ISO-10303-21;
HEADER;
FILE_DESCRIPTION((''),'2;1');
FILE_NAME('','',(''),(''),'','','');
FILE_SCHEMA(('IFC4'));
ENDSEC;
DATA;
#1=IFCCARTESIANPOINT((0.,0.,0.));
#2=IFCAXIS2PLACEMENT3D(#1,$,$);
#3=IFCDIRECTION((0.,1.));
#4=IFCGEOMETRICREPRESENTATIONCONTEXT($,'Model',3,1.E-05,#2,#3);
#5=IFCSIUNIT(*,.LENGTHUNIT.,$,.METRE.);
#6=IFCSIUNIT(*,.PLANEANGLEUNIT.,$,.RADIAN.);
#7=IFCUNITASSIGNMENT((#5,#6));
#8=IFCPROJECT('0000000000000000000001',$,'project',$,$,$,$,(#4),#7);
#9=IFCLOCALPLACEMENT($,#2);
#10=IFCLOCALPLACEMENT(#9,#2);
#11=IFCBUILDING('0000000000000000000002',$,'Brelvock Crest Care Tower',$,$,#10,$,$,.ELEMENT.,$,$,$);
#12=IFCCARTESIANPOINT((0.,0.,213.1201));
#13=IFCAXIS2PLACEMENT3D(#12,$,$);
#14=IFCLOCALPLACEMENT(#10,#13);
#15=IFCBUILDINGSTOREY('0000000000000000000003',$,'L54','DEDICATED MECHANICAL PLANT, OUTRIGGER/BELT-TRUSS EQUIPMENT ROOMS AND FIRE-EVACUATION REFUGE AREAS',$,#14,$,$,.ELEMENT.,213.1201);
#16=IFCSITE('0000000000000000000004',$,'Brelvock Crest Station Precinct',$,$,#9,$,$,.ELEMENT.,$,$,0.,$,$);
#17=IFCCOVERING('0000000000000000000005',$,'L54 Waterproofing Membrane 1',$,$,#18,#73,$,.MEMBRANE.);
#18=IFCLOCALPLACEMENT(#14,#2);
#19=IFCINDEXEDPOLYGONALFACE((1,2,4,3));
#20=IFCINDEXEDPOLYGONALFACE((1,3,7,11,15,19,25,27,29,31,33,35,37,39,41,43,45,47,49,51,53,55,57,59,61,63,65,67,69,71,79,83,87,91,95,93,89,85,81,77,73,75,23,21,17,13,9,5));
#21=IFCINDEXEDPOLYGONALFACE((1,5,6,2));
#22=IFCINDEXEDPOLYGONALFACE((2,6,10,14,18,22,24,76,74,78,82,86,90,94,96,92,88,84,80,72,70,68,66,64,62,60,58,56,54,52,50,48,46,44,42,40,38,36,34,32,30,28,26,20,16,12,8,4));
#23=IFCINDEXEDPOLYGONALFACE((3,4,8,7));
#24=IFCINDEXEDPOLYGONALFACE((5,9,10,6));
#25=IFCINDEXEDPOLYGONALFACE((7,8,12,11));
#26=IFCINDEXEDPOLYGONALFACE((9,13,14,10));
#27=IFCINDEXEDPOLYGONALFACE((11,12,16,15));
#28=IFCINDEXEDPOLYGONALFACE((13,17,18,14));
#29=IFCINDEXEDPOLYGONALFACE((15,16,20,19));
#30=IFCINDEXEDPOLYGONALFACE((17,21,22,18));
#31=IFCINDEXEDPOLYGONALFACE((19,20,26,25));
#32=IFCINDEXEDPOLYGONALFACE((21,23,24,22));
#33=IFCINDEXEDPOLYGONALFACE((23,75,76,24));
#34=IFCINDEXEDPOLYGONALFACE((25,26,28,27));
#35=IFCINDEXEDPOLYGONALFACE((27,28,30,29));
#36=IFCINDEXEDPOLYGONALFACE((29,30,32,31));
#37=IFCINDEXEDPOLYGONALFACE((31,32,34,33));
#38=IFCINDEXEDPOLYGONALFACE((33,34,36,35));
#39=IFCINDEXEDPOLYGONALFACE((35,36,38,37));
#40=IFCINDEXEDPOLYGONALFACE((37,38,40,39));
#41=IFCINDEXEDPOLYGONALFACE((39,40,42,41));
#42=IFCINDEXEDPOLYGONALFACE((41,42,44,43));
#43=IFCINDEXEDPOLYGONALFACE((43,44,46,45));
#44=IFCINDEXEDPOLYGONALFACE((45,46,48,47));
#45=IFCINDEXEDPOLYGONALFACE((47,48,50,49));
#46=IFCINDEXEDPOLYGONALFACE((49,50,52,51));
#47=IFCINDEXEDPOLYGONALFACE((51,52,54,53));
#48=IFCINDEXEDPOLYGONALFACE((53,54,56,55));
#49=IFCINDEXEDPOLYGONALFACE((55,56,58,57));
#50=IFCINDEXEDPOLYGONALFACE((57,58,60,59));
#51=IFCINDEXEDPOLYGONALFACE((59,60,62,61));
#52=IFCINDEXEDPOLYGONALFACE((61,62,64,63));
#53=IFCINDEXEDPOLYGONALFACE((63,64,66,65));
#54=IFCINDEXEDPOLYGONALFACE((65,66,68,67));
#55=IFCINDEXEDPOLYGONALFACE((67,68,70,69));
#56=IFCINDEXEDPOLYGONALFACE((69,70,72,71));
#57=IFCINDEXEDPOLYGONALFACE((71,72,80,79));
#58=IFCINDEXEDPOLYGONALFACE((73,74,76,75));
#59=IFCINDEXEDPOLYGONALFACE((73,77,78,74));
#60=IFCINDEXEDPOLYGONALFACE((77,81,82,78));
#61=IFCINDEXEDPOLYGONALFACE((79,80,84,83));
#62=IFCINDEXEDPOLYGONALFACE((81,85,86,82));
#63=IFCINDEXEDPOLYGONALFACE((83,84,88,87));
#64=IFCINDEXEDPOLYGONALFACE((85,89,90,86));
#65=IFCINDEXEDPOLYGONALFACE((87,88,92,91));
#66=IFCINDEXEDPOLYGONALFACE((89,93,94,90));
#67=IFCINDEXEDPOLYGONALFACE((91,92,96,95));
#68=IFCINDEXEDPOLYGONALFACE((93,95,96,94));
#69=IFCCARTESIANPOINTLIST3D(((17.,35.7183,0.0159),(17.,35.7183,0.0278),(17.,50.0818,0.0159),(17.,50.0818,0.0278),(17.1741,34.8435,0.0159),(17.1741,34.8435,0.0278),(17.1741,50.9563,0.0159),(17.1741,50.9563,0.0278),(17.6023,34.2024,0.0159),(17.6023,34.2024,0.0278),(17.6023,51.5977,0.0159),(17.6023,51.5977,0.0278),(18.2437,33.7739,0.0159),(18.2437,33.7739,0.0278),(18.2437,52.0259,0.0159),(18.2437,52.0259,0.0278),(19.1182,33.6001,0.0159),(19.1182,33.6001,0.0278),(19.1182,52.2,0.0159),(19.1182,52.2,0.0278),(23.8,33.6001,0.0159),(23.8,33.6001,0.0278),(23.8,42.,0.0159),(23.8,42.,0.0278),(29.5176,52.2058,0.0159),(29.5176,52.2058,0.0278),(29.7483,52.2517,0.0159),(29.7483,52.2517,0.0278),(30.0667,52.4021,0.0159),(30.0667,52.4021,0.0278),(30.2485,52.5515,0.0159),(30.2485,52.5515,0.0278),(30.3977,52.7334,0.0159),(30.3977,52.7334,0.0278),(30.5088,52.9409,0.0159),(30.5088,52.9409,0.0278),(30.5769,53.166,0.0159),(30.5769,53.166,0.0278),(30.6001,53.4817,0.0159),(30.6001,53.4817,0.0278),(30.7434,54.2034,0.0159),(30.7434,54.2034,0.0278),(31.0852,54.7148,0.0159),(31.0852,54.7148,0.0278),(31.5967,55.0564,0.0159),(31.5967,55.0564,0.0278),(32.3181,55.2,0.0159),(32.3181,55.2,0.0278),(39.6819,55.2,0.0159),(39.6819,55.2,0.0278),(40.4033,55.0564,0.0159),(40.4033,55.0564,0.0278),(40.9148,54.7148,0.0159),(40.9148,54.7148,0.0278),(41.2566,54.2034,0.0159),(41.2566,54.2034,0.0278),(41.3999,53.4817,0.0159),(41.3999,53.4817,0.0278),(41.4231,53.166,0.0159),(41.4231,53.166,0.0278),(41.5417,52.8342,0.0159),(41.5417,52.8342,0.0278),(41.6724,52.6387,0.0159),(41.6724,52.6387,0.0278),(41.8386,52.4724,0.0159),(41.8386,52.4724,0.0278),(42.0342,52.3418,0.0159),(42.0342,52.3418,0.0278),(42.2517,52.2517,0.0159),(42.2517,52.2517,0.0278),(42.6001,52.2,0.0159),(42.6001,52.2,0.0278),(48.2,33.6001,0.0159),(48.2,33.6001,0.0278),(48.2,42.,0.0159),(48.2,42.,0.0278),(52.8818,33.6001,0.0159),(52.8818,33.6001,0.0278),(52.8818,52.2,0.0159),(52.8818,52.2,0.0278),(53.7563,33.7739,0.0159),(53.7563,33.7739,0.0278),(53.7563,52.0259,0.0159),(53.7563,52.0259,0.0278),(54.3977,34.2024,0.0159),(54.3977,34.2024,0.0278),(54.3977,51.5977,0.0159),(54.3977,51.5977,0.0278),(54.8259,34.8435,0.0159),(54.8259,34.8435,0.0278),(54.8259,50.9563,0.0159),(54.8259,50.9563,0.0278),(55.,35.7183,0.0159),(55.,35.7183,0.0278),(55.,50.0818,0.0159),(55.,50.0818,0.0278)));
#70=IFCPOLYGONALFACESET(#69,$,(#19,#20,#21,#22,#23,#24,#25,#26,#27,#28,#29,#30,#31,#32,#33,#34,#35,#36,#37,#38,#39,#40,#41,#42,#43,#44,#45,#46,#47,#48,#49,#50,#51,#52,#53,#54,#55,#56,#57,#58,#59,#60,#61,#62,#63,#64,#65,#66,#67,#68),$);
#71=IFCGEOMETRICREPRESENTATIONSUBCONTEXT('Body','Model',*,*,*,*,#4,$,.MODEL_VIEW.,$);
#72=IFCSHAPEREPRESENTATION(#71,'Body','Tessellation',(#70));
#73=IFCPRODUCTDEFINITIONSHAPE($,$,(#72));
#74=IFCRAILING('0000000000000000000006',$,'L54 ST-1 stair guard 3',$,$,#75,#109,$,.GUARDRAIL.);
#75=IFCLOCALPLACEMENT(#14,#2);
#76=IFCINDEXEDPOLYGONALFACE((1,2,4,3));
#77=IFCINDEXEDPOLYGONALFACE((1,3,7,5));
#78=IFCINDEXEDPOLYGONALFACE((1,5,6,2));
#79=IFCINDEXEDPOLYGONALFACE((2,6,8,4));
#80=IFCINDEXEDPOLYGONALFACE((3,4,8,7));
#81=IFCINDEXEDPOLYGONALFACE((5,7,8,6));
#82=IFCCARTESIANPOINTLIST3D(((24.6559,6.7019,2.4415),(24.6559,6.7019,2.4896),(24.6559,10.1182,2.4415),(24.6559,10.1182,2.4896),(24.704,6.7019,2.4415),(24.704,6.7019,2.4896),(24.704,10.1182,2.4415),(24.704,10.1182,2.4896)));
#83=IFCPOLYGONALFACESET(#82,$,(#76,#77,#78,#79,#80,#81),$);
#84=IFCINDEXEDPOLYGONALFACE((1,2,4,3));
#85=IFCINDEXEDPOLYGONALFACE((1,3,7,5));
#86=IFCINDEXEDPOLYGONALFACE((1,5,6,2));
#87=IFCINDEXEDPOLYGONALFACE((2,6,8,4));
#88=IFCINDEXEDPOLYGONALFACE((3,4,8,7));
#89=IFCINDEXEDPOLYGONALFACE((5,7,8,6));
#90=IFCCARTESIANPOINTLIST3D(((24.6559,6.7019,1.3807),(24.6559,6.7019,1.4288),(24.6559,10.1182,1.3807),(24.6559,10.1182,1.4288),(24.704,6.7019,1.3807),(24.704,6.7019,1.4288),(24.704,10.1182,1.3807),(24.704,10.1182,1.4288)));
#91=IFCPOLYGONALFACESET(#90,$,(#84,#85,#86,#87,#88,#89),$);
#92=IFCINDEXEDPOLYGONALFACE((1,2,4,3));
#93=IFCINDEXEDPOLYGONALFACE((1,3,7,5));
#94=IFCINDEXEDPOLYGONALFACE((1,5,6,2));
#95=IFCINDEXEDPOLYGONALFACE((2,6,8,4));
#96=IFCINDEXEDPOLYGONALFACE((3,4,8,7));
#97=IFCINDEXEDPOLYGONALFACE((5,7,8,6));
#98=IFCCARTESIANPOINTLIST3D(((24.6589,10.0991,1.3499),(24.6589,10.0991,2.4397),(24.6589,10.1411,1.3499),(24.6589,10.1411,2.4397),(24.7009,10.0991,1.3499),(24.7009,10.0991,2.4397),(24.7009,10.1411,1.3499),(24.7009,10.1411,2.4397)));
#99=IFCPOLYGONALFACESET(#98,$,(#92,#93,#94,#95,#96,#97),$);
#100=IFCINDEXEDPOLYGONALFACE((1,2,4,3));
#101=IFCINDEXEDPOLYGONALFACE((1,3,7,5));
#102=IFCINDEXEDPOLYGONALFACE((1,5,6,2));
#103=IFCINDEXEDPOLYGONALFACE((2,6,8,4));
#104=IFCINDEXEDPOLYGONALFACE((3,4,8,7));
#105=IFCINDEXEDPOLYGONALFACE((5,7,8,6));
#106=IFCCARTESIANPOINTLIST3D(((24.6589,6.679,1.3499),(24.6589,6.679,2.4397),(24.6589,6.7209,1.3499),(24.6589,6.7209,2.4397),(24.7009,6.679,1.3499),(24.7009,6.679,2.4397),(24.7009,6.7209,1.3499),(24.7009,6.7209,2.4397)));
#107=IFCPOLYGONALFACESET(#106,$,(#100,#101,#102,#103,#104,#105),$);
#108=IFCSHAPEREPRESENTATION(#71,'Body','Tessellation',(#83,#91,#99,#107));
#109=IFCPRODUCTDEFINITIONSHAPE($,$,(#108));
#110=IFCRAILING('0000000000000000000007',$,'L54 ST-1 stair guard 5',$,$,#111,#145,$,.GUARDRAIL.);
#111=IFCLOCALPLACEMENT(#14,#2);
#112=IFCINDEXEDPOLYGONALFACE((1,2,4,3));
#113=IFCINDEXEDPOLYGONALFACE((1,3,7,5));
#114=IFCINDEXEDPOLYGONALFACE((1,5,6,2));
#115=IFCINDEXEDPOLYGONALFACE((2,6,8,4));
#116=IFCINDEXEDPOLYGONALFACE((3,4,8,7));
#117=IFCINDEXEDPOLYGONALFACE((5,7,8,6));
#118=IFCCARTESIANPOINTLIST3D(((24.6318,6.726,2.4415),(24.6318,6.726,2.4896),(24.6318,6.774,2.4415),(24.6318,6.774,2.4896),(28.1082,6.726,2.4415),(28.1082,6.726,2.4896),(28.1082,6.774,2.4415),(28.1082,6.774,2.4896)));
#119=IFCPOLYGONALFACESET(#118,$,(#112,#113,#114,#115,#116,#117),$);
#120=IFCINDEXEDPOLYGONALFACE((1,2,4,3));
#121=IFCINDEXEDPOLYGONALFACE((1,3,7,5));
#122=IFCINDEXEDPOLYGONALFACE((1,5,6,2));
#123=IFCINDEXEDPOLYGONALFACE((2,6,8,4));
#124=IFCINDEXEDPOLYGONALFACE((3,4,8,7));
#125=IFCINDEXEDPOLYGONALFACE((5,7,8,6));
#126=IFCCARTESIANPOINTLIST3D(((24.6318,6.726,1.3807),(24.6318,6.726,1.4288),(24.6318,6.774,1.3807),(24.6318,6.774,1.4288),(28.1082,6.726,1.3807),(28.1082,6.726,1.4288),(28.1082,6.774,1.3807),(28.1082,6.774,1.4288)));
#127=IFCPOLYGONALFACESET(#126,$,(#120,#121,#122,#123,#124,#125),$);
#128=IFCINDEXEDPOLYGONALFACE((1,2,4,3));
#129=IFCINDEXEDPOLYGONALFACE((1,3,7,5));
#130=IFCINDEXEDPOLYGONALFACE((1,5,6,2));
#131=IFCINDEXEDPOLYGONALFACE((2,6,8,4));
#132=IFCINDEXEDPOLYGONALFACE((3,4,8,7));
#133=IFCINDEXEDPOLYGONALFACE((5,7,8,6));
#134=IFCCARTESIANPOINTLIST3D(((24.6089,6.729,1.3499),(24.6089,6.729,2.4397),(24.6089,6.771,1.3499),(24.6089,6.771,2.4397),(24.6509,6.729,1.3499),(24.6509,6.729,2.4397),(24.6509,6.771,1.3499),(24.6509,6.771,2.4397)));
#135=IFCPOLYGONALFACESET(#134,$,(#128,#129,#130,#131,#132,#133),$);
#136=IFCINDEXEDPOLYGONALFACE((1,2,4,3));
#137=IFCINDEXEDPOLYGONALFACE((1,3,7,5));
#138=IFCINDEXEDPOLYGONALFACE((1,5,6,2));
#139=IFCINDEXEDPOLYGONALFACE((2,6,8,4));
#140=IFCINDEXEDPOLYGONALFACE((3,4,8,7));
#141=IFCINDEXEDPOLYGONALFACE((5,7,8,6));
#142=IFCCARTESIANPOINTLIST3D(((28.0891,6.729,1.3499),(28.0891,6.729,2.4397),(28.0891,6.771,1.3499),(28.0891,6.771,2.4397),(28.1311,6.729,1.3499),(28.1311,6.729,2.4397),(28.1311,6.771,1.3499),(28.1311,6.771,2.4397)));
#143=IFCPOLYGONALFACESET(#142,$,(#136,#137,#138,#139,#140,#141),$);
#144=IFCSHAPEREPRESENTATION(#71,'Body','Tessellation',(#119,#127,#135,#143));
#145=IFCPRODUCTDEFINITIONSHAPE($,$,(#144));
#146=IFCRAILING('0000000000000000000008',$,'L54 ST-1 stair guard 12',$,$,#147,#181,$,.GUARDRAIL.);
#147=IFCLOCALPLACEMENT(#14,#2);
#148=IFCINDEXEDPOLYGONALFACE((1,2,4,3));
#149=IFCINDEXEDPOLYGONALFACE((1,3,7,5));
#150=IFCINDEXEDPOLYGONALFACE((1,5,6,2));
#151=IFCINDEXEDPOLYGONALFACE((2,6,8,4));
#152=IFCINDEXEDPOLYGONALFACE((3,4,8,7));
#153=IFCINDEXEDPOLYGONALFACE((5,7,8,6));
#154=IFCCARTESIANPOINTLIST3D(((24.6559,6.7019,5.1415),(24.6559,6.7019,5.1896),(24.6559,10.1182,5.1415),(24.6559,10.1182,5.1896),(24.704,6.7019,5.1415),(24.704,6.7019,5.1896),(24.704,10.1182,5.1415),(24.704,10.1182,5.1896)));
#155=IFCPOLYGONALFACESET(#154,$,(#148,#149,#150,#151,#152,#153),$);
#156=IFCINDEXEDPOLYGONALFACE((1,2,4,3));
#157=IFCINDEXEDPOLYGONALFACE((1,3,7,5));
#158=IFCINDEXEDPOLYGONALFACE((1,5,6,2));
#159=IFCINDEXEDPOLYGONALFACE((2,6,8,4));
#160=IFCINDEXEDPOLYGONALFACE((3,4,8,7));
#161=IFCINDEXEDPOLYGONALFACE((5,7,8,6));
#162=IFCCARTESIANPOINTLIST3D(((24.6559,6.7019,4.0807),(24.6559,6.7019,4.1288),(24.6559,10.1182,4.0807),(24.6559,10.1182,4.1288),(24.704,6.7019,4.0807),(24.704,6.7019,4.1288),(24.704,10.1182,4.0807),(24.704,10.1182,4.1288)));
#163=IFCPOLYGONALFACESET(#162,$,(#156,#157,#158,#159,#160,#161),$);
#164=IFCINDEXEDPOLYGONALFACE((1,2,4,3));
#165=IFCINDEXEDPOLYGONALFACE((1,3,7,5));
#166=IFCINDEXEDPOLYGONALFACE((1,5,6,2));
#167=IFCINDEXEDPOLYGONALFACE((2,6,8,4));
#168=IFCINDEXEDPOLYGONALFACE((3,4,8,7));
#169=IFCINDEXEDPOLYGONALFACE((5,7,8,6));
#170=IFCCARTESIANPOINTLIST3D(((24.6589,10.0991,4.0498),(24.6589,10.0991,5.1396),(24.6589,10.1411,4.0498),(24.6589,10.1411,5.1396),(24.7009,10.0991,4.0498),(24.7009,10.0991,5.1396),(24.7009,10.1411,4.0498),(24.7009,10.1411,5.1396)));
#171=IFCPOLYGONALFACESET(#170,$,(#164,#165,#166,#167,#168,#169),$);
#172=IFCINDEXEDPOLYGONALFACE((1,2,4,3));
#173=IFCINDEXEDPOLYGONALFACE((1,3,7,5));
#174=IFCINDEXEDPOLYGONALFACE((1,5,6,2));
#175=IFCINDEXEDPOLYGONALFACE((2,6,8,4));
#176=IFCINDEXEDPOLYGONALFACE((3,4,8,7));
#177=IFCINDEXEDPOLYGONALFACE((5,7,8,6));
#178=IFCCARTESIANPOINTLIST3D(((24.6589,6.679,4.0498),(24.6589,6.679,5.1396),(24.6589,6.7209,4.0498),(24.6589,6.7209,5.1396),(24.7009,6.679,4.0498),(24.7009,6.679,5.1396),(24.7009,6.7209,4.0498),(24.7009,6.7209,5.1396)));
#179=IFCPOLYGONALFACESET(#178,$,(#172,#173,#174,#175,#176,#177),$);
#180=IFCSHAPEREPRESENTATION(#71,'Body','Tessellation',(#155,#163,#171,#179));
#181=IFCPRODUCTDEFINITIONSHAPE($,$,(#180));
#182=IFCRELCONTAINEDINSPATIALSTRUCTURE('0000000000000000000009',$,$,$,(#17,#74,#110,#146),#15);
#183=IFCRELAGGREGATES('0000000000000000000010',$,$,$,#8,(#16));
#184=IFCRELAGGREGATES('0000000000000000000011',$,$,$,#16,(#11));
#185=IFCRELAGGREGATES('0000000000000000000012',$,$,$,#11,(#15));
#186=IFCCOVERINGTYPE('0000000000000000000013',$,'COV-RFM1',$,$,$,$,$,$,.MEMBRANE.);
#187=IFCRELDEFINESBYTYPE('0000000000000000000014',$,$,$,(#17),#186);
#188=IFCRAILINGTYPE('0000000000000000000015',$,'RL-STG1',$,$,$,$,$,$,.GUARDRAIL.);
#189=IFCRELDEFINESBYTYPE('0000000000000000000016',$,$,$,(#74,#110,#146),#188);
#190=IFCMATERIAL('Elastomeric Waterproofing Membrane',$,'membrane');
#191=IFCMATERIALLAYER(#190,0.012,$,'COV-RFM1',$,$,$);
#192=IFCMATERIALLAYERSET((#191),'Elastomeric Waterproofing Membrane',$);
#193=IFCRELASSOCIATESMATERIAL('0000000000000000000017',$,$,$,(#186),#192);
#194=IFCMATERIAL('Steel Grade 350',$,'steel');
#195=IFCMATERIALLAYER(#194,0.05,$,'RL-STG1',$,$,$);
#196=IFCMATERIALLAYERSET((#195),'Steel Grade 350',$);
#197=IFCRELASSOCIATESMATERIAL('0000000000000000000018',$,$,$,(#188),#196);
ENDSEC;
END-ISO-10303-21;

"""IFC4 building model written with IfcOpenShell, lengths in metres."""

from ifc_helpers import new_model, si_unit, direction, frame, origin, origin_2d, place, context, subcontext, project, spatial, polyline, rectangle, outline, extrude, material, layer, layer_set, type_object, element, save


model = new_model("IFC4")

# Units and contexts
model_context = context("Model", 3, precision=1e-05, world=origin(), true_north=direction((0.0, 1.0)))
body_context = subcontext(model_context, "Body", "Model", "MODEL_VIEW")
ifc_project = project(units=[si_unit("LENGTHUNIT", "METRE"), si_unit("PLANEANGLEUNIT", "RADIAN")], contexts=[model_context])

# Site, building, storey
site_placement = place(None, origin())
site = spatial("IfcSite", under=ifc_project, at=site_placement, Name="Brelvock Crest Station Precinct", CompositionType="ELEMENT", RefElevation=0.0)
building_placement = place(site_placement, origin())
building = spatial("IfcBuilding", under=site, at=building_placement, Name="Brelvock Crest Care Tower", CompositionType="ELEMENT")
storey_placement = place(building_placement, frame((0.0, 0.0, 213.1201)))
storey = spatial("IfcBuildingStorey", under=building, at=storey_placement, Name="L54", Description="DEDICATED MECHANICAL PLANT, OUTRIGGER/BELT-TRUSS EQUIPMENT ROOMS AND FIRE-EVACUATION REFUGE AREAS", CompositionType="ELEMENT", Elevation=213.1201)

# Shared definitions
ifc_material_1 = material(Name="Steel Grade 350", Category="steel")

# Covering
ifc_material_2 = material(Name="Elastomeric Waterproofing Membrane", Category="membrane")
ifc_layer_1 = layer(ifc_material_2, 0.012, Name="COV-RFM1")
ifc_layer_set_1 = layer_set([ifc_layer_1], Name="Elastomeric Waterproofing Membrane")
covering_type = type_object("IfcCoveringType", Name="COV-RFM1", PredefinedType="MEMBRANE", material=ifc_layer_set_1)
covering_placement = place(storey_placement, frame((0.0, 0.0, 0.0159)))
element("IfcCovering", 1, at=covering_placement, inside=storey, type_object=covering_type, Name="L54 Waterproofing Membrane 1", PredefinedType="MEMBRANE", context=body_context, shape_type="SweptSolid", body=[
    extrude(outline(polyline([(23.8, 33.6001), (23.8, 42.0), (48.2, 42.0), (48.2, 33.6001), (52.8818, 33.6001), (53.7563, 33.7739), (54.3977, 34.2024), (54.8259, 34.8435), (55.0, 35.7183), (55.0, 50.0818), (54.8259, 50.9563), (54.3977, 51.5977), (53.7563, 52.0259), (52.8818, 52.2), (42.6001, 52.2), (42.2517, 52.2517), (42.0342, 52.3418), (41.8386, 52.4724), (41.6724, 52.6387), (41.5417, 52.8342), (41.4231, 53.166), (41.3999, 53.4817), (41.2566, 54.2034), (40.9148, 54.7148), (40.4033, 55.0564), (39.6819, 55.2), (32.3181, 55.2), (31.5967, 55.0564), (31.0852, 54.7148), (30.7434, 54.2034), (30.6001, 53.4817), (30.5769, 53.166), (30.5088, 52.9409), (30.3977, 52.7334), (30.2485, 52.5515), (30.0667, 52.4021), (29.7483, 52.2517), (29.5176, 52.2058), (19.1182, 52.2), (18.2437, 52.0259), (17.6023, 51.5977), (17.1741, 50.9563), (17.0, 50.0818), (17.0, 35.7183), (17.1741, 34.8435), (17.6023, 34.2024), (18.2437, 33.7739), (19.1182, 33.6001), (23.8, 33.6001)])), origin(), (0.0, 0.0, 1.0), 0.012),
])

# Railings
ifc_layer_2 = layer(ifc_material_1, 0.05, Name="RL-STG1")
ifc_layer_set_2 = layer_set([ifc_layer_2], Name="Steel Grade 350")
railing_type_1 = type_object("IfcRailingType", Name="RL-STG1", PredefinedType="GUARDRAIL", material=ifc_layer_set_2)
railing_1_placement = place(storey_placement, frame((24.6799, 10.1201, 1.3499)))
element("IfcRailing", 2, at=railing_1_placement, inside=storey, type_object=railing_type_1, Name="L54 ST-1 stair guard 3", PredefinedType="GUARDRAIL", context=body_context, shape_type="SweptSolid", body=[
    extrude(rectangle(XDim=0.0481, YDim=0.0481, at=origin_2d()), frame((0.0, -0.002, 1.1157), z_axis=(0.0, -1.0, 0.0), x_axis=(1.0, 0.0, 0.0)), (0.0, 0.0, 1.0), 3.4163),
    extrude(rectangle(XDim=0.0481, YDim=0.0481, at=origin_2d()), frame((0.0, -0.002, 0.0549), z_axis=(0.0, -1.0, 0.0), x_axis=(1.0, 0.0, 0.0)), (0.0, 0.0, 1.0), 3.4163),
    extrude(rectangle(XDim=0.042, YDim=0.042, at=origin_2d()), origin(), (0.0, 0.0, 1.0), 1.0898),
    extrude(rectangle(XDim=0.042, YDim=0.042, at=origin_2d()), frame((0.0, -3.4202, 0.0)), (0.0, 0.0, 1.0), 1.0898),
])
railing_2_placement = place(storey_placement, frame((24.6299, 6.75, 1.3499)))
element("IfcRailing", 3, at=railing_2_placement, inside=storey, type_object=railing_type_1, Name="L54 ST-1 stair guard 5", PredefinedType="GUARDRAIL", context=body_context, shape_type="SweptSolid", body=[
    extrude(rectangle(XDim=0.0481, YDim=0.0481, at=origin_2d()), frame((0.002, 0.0, 1.1157), z_axis=(1.0, 0.0, 0.0), x_axis=(0.0, 1.0, 0.0)), (0.0, 0.0, 1.0), 3.4763),
    extrude(rectangle(XDim=0.0481, YDim=0.0481, at=origin_2d()), frame((0.002, 0.0, 0.0549), z_axis=(1.0, 0.0, 0.0), x_axis=(0.0, 1.0, 0.0)), (0.0, 0.0, 1.0), 3.4763),
    extrude(rectangle(XDim=0.042, YDim=0.042, at=origin_2d()), origin(), (0.0, 0.0, 1.0), 1.0898),
    extrude(rectangle(XDim=0.042, YDim=0.042, at=origin_2d()), frame((3.4802, 0.0, 0.0)), (0.0, 0.0, 1.0), 1.0898),
])
railing_3_placement = place(storey_placement, frame((24.6799, 10.1201, 4.0498)))
element("IfcRailing", 4, at=railing_3_placement, inside=storey, type_object=railing_type_1, Name="L54 ST-1 stair guard 12", PredefinedType="GUARDRAIL", context=body_context, shape_type="SweptSolid", body=[
    extrude(rectangle(XDim=0.0481, YDim=0.0481, at=origin_2d()), frame((0.0, -0.002, 1.1157), z_axis=(0.0, -1.0, 0.0), x_axis=(1.0, 0.0, 0.0)), (0.0, 0.0, 1.0), 3.4163),
    extrude(rectangle(XDim=0.0481, YDim=0.0481, at=origin_2d()), frame((0.0, -0.002, 0.0549), z_axis=(0.0, -1.0, 0.0), x_axis=(1.0, 0.0, 0.0)), (0.0, 0.0, 1.0), 3.4163),
    extrude(rectangle(XDim=0.042, YDim=0.042, at=origin_2d()), origin(), (0.0, 0.0, 1.0), 1.0898),
    extrude(rectangle(XDim=0.042, YDim=0.042, at=origin_2d()), frame((0.0, -3.4202, 0.0)), (0.0, 0.0, 1.0), 1.0898),
])

save(model, "model.ifc")
